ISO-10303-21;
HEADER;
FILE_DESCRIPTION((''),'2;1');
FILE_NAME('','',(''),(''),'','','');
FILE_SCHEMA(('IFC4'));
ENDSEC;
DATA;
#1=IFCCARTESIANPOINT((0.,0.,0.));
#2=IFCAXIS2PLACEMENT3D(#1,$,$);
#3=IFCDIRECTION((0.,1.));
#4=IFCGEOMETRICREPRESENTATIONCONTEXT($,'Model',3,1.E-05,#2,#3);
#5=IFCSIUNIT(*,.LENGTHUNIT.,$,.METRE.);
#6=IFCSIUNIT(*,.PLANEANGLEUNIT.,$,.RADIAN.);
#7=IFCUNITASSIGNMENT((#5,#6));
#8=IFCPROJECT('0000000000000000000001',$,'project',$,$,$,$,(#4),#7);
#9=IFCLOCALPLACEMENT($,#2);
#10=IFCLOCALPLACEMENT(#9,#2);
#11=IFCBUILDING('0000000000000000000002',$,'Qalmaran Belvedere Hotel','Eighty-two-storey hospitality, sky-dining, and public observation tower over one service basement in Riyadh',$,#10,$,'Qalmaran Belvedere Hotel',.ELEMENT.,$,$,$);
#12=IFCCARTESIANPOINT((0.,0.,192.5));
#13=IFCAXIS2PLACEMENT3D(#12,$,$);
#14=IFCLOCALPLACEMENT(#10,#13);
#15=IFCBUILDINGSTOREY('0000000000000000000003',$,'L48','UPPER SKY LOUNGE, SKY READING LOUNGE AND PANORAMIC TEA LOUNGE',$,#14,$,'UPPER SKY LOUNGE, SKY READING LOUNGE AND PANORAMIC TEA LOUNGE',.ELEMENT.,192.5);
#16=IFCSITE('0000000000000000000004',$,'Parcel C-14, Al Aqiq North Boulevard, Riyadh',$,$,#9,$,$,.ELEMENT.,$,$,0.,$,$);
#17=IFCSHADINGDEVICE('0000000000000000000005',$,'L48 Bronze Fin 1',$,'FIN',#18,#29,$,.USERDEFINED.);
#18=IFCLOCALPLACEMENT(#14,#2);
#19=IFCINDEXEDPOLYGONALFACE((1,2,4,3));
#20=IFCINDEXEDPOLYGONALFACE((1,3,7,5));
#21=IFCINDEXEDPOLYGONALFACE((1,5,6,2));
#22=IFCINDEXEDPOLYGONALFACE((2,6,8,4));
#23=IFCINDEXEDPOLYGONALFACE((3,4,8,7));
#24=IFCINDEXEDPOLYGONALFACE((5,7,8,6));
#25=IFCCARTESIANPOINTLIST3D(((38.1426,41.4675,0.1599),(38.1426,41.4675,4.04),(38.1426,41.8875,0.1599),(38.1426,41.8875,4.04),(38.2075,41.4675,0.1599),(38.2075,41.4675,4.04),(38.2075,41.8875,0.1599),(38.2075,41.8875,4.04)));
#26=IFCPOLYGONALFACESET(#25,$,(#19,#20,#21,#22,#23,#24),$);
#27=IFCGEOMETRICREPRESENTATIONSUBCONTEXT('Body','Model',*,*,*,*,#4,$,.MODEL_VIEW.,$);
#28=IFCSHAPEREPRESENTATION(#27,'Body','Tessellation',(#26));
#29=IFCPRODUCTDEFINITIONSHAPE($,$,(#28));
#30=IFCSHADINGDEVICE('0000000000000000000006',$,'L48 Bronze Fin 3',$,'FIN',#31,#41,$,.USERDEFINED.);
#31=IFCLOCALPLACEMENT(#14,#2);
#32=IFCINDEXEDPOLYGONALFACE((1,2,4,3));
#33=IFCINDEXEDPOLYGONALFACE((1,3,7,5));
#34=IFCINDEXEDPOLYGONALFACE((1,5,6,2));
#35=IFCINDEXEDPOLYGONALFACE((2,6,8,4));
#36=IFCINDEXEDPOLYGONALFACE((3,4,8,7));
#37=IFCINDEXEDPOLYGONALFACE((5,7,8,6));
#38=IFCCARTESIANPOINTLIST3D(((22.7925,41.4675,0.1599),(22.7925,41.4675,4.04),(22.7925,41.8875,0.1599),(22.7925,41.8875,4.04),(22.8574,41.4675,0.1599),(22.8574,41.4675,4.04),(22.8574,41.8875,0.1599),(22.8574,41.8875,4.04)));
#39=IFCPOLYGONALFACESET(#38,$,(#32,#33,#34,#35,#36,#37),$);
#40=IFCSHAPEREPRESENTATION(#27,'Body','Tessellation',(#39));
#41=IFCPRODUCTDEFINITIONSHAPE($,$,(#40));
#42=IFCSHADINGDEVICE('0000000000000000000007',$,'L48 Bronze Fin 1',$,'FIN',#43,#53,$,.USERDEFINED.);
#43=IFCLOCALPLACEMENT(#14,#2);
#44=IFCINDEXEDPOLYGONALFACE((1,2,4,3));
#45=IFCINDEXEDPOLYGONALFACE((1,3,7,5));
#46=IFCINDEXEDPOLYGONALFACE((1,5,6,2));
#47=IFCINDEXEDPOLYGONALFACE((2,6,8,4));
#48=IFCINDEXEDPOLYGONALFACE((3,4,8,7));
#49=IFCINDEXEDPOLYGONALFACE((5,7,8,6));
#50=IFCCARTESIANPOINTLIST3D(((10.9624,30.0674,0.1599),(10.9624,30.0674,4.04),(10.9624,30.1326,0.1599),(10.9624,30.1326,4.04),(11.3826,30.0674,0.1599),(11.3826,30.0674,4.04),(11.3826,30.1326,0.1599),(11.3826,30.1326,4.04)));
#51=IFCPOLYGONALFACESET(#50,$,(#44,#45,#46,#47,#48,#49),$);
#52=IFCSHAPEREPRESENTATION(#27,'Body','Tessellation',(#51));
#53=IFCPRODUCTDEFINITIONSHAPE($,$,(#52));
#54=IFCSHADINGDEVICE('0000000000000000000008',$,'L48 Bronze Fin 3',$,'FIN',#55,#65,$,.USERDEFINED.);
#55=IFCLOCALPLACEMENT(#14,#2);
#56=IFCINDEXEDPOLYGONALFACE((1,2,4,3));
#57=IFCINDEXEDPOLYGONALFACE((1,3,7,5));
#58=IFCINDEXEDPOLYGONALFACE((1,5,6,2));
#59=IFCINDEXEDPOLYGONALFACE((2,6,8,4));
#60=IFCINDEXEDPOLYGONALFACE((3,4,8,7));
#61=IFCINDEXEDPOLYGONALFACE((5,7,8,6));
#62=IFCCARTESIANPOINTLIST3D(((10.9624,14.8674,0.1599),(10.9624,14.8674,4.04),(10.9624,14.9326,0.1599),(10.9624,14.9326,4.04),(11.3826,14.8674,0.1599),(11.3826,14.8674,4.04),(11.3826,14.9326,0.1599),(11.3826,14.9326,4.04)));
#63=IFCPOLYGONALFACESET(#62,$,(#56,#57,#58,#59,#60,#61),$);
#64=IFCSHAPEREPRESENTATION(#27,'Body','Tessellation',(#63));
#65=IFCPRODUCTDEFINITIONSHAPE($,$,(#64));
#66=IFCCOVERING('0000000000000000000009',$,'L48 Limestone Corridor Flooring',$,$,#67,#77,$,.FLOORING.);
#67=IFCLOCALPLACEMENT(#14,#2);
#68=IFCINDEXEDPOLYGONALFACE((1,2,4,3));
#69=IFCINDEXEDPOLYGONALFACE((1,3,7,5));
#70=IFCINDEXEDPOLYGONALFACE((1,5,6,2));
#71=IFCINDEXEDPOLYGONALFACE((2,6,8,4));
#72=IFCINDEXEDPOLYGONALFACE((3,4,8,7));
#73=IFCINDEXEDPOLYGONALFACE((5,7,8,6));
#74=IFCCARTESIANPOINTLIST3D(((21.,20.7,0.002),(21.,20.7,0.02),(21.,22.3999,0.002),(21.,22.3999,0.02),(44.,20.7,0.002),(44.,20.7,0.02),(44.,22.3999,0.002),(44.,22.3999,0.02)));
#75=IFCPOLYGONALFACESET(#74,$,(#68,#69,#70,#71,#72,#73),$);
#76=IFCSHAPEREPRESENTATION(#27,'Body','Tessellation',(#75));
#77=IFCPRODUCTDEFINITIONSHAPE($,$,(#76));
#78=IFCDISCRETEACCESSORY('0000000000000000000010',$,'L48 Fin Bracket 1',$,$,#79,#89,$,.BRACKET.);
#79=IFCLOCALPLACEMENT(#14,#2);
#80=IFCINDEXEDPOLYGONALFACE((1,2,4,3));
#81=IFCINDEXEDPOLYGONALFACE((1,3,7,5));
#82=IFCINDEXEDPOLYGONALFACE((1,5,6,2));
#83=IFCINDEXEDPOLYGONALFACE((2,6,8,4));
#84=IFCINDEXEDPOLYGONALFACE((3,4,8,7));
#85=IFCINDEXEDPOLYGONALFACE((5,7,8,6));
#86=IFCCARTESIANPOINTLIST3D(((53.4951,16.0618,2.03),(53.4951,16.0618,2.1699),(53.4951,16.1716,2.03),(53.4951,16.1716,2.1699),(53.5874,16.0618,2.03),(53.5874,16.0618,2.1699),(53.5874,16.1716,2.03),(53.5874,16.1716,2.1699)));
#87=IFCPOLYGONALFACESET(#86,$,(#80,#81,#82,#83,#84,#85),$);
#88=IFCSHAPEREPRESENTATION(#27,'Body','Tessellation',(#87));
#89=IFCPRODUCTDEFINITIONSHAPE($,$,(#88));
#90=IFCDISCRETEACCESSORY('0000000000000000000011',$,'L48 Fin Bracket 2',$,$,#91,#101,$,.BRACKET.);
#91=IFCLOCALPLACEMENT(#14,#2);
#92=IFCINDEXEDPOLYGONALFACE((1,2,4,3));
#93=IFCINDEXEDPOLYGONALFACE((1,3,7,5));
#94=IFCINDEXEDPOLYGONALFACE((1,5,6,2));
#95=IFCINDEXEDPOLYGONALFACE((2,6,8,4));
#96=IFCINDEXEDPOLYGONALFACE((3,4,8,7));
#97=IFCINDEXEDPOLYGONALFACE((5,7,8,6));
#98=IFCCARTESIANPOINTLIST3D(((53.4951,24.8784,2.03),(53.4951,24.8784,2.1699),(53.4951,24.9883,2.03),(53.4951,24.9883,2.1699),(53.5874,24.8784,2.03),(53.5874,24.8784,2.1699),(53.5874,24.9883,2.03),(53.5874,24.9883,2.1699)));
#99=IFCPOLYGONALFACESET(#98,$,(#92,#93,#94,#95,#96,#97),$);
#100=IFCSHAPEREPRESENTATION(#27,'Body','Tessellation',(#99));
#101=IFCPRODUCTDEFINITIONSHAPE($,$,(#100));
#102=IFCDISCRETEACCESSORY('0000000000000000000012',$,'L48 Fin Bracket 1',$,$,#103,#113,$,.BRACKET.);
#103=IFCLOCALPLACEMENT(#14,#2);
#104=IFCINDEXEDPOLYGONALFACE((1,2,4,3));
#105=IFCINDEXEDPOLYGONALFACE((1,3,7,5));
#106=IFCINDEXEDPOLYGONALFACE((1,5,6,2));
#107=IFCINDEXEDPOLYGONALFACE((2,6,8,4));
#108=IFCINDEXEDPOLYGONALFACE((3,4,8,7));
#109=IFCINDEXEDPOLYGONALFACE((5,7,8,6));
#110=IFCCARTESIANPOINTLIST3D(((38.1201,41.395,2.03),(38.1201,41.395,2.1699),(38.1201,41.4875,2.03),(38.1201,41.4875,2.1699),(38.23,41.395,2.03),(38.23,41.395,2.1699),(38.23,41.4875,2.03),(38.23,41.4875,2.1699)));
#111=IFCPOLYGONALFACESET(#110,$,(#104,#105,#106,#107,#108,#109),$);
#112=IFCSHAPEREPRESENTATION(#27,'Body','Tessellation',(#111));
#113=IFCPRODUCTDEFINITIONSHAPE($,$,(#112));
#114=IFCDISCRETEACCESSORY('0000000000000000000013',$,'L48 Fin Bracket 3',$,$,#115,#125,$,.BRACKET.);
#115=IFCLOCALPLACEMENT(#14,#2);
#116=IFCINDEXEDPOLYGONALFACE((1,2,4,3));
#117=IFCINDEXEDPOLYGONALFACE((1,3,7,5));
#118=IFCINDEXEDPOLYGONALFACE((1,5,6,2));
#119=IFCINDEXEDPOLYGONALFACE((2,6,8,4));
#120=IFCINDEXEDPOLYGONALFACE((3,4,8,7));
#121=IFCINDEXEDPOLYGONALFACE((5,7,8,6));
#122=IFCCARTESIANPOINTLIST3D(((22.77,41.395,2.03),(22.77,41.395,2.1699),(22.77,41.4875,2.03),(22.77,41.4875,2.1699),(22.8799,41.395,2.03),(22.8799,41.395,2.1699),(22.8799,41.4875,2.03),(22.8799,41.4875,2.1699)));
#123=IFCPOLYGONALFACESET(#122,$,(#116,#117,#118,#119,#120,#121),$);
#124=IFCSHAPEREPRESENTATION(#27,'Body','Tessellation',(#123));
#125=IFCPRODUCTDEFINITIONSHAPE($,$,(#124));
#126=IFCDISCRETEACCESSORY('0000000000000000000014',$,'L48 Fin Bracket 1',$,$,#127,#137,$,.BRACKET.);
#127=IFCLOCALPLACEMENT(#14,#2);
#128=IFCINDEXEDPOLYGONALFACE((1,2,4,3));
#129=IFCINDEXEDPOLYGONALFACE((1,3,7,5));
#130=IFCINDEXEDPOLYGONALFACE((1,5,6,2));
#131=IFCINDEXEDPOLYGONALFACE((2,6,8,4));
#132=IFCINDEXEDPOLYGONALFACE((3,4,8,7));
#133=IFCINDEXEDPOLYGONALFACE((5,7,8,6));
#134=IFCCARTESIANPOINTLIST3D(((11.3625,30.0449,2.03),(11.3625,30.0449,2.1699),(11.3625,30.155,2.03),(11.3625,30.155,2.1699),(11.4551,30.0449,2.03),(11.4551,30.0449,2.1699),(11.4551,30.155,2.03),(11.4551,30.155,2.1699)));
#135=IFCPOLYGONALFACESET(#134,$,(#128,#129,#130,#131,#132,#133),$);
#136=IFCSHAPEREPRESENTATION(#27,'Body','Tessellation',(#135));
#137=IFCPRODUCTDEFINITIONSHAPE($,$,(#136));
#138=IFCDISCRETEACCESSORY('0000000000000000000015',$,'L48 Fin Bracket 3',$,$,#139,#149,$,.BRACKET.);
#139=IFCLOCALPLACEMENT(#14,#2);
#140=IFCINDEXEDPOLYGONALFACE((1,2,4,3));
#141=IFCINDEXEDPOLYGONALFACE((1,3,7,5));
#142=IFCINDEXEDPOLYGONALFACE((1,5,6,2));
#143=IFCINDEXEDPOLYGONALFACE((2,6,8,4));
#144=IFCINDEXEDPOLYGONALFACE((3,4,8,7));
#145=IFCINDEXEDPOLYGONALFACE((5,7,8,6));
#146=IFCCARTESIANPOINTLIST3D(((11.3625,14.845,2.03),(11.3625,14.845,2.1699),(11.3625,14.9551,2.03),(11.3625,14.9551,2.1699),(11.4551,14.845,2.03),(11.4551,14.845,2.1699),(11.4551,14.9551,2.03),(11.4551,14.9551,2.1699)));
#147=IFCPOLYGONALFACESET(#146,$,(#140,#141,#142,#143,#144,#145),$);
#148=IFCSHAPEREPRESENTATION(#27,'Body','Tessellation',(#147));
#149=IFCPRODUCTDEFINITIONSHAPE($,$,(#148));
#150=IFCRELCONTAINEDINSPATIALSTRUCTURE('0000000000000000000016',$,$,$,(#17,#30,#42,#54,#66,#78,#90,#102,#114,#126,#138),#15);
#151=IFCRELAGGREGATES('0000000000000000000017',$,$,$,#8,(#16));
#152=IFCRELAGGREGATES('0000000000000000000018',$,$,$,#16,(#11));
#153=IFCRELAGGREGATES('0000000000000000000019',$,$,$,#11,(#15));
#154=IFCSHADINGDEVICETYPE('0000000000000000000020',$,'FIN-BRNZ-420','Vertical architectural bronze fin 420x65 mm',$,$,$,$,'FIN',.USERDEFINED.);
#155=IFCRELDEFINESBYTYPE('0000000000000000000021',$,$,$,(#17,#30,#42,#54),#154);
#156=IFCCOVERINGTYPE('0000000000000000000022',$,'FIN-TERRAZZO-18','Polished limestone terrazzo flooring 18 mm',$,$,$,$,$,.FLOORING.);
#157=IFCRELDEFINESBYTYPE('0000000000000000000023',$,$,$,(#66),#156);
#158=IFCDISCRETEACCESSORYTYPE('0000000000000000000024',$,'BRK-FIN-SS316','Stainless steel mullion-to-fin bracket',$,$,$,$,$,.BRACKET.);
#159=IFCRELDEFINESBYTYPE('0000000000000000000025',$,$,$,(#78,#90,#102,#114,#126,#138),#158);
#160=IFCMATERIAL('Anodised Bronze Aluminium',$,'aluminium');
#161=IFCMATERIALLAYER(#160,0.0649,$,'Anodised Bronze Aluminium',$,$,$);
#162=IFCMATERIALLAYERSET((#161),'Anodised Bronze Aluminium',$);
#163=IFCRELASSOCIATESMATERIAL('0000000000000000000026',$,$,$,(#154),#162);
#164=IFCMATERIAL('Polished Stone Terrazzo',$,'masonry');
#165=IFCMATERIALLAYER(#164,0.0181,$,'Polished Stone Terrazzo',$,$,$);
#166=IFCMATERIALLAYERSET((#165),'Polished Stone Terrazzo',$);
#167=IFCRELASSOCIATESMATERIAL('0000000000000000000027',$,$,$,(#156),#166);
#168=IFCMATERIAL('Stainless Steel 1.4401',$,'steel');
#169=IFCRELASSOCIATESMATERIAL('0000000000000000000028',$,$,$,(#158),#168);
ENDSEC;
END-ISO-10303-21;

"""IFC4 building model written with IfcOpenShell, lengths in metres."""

from ifc_helpers import new_model, si_unit, direction, frame, origin, place, context, subcontext, project, spatial, polyline, outline, extrude, material, layer, layer_set, type_object, element, save


model = new_model("IFC4")

# Units and contexts
model_context = context("Model", 3, precision=1e-05, world=origin(), true_north=direction((0.0, 1.0)))
body_context = subcontext(model_context, "Body", "Model", "MODEL_VIEW")
ifc_project = project(units=[si_unit("LENGTHUNIT", "METRE"), si_unit("PLANEANGLEUNIT", "RADIAN")], contexts=[model_context])

# Site, building, storey
site_placement = place(None, origin())
site = spatial("IfcSite", under=ifc_project, at=site_placement, Name="Parcel C-14, Al Aqiq North Boulevard, Riyadh", CompositionType="ELEMENT", RefElevation=0.0)
building_placement = place(site_placement, origin())
building = spatial("IfcBuilding", under=site, at=building_placement, Name="Qalmaran Belvedere Hotel", Description="Eighty-two-storey hospitality, sky-dining, and public observation tower over one service basement in Riyadh", LongName="Qalmaran Belvedere Hotel", CompositionType="ELEMENT")
storey_placement = place(building_placement, frame((0.0, 0.0, 192.5)))
storey = spatial("IfcBuildingStorey", under=building, at=storey_placement, Name="L48", Description="UPPER SKY LOUNGE, SKY READING LOUNGE AND PANORAMIC TEA LOUNGE", LongName="UPPER SKY LOUNGE, SKY READING LOUNGE AND PANORAMIC TEA LOUNGE", CompositionType="ELEMENT", Elevation=192.5)

# Shared definitions
ifc_material_1 = material(Name="Anodised Bronze Aluminium", Category="aluminium")

# Shading devices
ifc_layer_1 = layer(ifc_material_1, 0.0649, Name="Anodised Bronze Aluminium")
ifc_layer_set_1 = layer_set([ifc_layer_1], Name="Anodised Bronze Aluminium")
shading_device_type = type_object("IfcShadingDeviceType", Name="FIN-BRNZ-420", Description="Vertical architectural bronze fin 420x65 mm", ElementType="FIN", PredefinedType="USERDEFINED", material=ifc_layer_set_1)
shading_device_1_placement = place(storey_placement, frame((0.0, 0.0, 0.1599)))
element("IfcShadingDevice", 1, at=shading_device_1_placement, inside=storey, type_object=shading_device_type, Name="L48 Bronze Fin 1", ObjectType="FIN", PredefinedType="USERDEFINED", context=body_context, shape_type="SweptSolid", body=[
    extrude(outline(polyline([(38.2075, 41.4675), (38.2075, 41.8875), (38.1426, 41.8875), (38.1426, 41.4675), (38.2075, 41.4675)])), origin(), (0.0, 0.0, 1.0), 3.8801),
])
shading_device_2_placement = place(storey_placement, frame((0.0, 0.0, 0.1599)))
element("IfcShadingDevice", 2, at=shading_device_2_placement, inside=storey, type_object=shading_device_type, Name="L48 Bronze Fin 3", ObjectType="FIN", PredefinedType="USERDEFINED", context=body_context, shape_type="SweptSolid", body=[
    extrude(outline(polyline([(22.8574, 41.4675), (22.8574, 41.8875), (22.7925, 41.8875), (22.7925, 41.4675), (22.8574, 41.4675)])), origin(), (0.0, 0.0, 1.0), 3.8801),
])
shading_device_3_placement = place(storey_placement, frame((0.0, 0.0, 0.1599)))
element("IfcShadingDevice", 3, at=shading_device_3_placement, inside=storey, type_object=shading_device_type, Name="L48 Bronze Fin 1", ObjectType="FIN", PredefinedType="USERDEFINED", context=body_context, shape_type="SweptSolid", body=[
    extrude(outline(polyline([(11.3826, 30.1326), (10.9624, 30.1326), (10.9624, 30.0674), (11.3826, 30.0674), (11.3826, 30.1326)])), origin(), (0.0, 0.0, 1.0), 3.8801),
])
shading_device_4_placement = place(storey_placement, frame((0.0, 0.0, 0.1599)))
element("IfcShadingDevice", 4, at=shading_device_4_placement, inside=storey, type_object=shading_device_type, Name="L48 Bronze Fin 3", ObjectType="FIN", PredefinedType="USERDEFINED", context=body_context, shape_type="SweptSolid", body=[
    extrude(outline(polyline([(11.3826, 14.9326), (10.9624, 14.9326), (10.9624, 14.8674), (11.3826, 14.8674), (11.3826, 14.9326)])), origin(), (0.0, 0.0, 1.0), 3.8801),
])

# Covering
ifc_material_2 = material(Name="Polished Stone Terrazzo", Category="masonry")
ifc_layer_2 = layer(ifc_material_2, 0.0181, Name="Polished Stone Terrazzo")
ifc_layer_set_2 = layer_set([ifc_layer_2], Name="Polished Stone Terrazzo")
covering_type_1 = type_object("IfcCoveringType", Name="FIN-TERRAZZO-18", Description="Polished limestone terrazzo flooring 18 mm", PredefinedType="FLOORING", material=ifc_layer_set_2)
covering_1_placement = place(storey_placement, frame((0.0, 0.0, 0.002)))
element("IfcCovering", 5, at=covering_1_placement, inside=storey, type_object=covering_type_1, Name="L48 Limestone Corridor Flooring", PredefinedType="FLOORING", context=body_context, shape_type="SweptSolid", body=[
    extrude(outline(polyline([(21.0, 20.7), (44.0, 20.7), (44.0, 22.3999), (21.0, 22.3999), (21.0, 20.7)])), origin(), (0.0, 0.0, 1.0), 0.0181),
])

# Discrete accessories
ifc_material_3 = material(Name="Stainless Steel 1.4401", Category="steel")
discrete_accessory_type = type_object("IfcDiscreteAccessoryType", Name="BRK-FIN-SS316", Description="Stainless steel mullion-to-fin bracket", PredefinedType="BRACKET", material=ifc_material_3)
discrete_accessory_1_placement = place(storey_placement, frame((0.0, 0.0, 2.03)))
element("IfcDiscreteAccessory", 6, at=discrete_accessory_1_placement, inside=storey, type_object=discrete_accessory_type, Name="L48 Fin Bracket 1", PredefinedType="BRACKET", context=body_context, shape_type="SweptSolid", body=[
    extrude(outline(polyline([(53.4951, 16.0618), (53.5874, 16.0618), (53.5874, 16.1716), (53.4951, 16.1716), (53.4951, 16.0618)])), origin(), (0.0, 0.0, 1.0), 0.1399),
])
discrete_accessory_2_placement = place(storey_placement, frame((0.0, 0.0, 2.03)))
element("IfcDiscreteAccessory", 7, at=discrete_accessory_2_placement, inside=storey, type_object=discrete_accessory_type, Name="L48 Fin Bracket 2", PredefinedType="BRACKET", context=body_context, shape_type="SweptSolid", body=[
    extrude(outline(polyline([(53.4951, 24.8784), (53.5874, 24.8784), (53.5874, 24.9883), (53.4951, 24.9883), (53.4951, 24.8784)])), origin(), (0.0, 0.0, 1.0), 0.1399),
])
discrete_accessory_3_placement = place(storey_placement, frame((0.0, 0.0, 2.03)))
element("IfcDiscreteAccessory", 8, at=discrete_accessory_3_placement, inside=storey, type_object=discrete_accessory_type, Name="L48 Fin Bracket 1", PredefinedType="BRACKET", context=body_context, shape_type="SweptSolid", body=[
    extrude(outline(polyline([(38.23, 41.395), (38.23, 41.4875), (38.1201, 41.4875), (38.1201, 41.395), (38.23, 41.395)])), origin(), (0.0, 0.0, 1.0), 0.1399),
])
discrete_accessory_4_placement = place(storey_placement, frame((0.0, 0.0, 2.03)))
element("IfcDiscreteAccessory", 9, at=discrete_accessory_4_placement, inside=storey, type_object=discrete_accessory_type, Name="L48 Fin Bracket 3", PredefinedType="BRACKET", context=body_context, shape_type="SweptSolid", body=[
    extrude(outline(polyline([(22.8799, 41.395), (22.8799, 41.4875), (22.77, 41.4875), (22.77, 41.395), (22.8799, 41.395)])), origin(), (0.0, 0.0, 1.0), 0.1399),
])
discrete_accessory_5_placement = place(storey_placement, frame((0.0, 0.0, 2.03)))
element("IfcDiscreteAccessory", 10, at=discrete_accessory_5_placement, inside=storey, type_object=discrete_accessory_type, Name="L48 Fin Bracket 1", PredefinedType="BRACKET", context=body_context, shape_type="SweptSolid", body=[
    extrude(outline(polyline([(11.4551, 30.155), (11.3625, 30.155), (11.3625, 30.0449), (11.4551, 30.0449), (11.4551, 30.155)])), origin(), (0.0, 0.0, 1.0), 0.1399),
])
discrete_accessory_6_placement = place(storey_placement, frame((0.0, 0.0, 2.03)))
element("IfcDiscreteAccessory", 11, at=discrete_accessory_6_placement, inside=storey, type_object=discrete_accessory_type, Name="L48 Fin Bracket 3", PredefinedType="BRACKET", context=body_context, shape_type="SweptSolid", body=[
    extrude(outline(polyline([(11.4551, 14.9551), (11.3625, 14.9551), (11.3625, 14.845), (11.4551, 14.845), (11.4551, 14.9551)])), origin(), (0.0, 0.0, 1.0), 0.1399),
])

save(model, "model.ifc")
